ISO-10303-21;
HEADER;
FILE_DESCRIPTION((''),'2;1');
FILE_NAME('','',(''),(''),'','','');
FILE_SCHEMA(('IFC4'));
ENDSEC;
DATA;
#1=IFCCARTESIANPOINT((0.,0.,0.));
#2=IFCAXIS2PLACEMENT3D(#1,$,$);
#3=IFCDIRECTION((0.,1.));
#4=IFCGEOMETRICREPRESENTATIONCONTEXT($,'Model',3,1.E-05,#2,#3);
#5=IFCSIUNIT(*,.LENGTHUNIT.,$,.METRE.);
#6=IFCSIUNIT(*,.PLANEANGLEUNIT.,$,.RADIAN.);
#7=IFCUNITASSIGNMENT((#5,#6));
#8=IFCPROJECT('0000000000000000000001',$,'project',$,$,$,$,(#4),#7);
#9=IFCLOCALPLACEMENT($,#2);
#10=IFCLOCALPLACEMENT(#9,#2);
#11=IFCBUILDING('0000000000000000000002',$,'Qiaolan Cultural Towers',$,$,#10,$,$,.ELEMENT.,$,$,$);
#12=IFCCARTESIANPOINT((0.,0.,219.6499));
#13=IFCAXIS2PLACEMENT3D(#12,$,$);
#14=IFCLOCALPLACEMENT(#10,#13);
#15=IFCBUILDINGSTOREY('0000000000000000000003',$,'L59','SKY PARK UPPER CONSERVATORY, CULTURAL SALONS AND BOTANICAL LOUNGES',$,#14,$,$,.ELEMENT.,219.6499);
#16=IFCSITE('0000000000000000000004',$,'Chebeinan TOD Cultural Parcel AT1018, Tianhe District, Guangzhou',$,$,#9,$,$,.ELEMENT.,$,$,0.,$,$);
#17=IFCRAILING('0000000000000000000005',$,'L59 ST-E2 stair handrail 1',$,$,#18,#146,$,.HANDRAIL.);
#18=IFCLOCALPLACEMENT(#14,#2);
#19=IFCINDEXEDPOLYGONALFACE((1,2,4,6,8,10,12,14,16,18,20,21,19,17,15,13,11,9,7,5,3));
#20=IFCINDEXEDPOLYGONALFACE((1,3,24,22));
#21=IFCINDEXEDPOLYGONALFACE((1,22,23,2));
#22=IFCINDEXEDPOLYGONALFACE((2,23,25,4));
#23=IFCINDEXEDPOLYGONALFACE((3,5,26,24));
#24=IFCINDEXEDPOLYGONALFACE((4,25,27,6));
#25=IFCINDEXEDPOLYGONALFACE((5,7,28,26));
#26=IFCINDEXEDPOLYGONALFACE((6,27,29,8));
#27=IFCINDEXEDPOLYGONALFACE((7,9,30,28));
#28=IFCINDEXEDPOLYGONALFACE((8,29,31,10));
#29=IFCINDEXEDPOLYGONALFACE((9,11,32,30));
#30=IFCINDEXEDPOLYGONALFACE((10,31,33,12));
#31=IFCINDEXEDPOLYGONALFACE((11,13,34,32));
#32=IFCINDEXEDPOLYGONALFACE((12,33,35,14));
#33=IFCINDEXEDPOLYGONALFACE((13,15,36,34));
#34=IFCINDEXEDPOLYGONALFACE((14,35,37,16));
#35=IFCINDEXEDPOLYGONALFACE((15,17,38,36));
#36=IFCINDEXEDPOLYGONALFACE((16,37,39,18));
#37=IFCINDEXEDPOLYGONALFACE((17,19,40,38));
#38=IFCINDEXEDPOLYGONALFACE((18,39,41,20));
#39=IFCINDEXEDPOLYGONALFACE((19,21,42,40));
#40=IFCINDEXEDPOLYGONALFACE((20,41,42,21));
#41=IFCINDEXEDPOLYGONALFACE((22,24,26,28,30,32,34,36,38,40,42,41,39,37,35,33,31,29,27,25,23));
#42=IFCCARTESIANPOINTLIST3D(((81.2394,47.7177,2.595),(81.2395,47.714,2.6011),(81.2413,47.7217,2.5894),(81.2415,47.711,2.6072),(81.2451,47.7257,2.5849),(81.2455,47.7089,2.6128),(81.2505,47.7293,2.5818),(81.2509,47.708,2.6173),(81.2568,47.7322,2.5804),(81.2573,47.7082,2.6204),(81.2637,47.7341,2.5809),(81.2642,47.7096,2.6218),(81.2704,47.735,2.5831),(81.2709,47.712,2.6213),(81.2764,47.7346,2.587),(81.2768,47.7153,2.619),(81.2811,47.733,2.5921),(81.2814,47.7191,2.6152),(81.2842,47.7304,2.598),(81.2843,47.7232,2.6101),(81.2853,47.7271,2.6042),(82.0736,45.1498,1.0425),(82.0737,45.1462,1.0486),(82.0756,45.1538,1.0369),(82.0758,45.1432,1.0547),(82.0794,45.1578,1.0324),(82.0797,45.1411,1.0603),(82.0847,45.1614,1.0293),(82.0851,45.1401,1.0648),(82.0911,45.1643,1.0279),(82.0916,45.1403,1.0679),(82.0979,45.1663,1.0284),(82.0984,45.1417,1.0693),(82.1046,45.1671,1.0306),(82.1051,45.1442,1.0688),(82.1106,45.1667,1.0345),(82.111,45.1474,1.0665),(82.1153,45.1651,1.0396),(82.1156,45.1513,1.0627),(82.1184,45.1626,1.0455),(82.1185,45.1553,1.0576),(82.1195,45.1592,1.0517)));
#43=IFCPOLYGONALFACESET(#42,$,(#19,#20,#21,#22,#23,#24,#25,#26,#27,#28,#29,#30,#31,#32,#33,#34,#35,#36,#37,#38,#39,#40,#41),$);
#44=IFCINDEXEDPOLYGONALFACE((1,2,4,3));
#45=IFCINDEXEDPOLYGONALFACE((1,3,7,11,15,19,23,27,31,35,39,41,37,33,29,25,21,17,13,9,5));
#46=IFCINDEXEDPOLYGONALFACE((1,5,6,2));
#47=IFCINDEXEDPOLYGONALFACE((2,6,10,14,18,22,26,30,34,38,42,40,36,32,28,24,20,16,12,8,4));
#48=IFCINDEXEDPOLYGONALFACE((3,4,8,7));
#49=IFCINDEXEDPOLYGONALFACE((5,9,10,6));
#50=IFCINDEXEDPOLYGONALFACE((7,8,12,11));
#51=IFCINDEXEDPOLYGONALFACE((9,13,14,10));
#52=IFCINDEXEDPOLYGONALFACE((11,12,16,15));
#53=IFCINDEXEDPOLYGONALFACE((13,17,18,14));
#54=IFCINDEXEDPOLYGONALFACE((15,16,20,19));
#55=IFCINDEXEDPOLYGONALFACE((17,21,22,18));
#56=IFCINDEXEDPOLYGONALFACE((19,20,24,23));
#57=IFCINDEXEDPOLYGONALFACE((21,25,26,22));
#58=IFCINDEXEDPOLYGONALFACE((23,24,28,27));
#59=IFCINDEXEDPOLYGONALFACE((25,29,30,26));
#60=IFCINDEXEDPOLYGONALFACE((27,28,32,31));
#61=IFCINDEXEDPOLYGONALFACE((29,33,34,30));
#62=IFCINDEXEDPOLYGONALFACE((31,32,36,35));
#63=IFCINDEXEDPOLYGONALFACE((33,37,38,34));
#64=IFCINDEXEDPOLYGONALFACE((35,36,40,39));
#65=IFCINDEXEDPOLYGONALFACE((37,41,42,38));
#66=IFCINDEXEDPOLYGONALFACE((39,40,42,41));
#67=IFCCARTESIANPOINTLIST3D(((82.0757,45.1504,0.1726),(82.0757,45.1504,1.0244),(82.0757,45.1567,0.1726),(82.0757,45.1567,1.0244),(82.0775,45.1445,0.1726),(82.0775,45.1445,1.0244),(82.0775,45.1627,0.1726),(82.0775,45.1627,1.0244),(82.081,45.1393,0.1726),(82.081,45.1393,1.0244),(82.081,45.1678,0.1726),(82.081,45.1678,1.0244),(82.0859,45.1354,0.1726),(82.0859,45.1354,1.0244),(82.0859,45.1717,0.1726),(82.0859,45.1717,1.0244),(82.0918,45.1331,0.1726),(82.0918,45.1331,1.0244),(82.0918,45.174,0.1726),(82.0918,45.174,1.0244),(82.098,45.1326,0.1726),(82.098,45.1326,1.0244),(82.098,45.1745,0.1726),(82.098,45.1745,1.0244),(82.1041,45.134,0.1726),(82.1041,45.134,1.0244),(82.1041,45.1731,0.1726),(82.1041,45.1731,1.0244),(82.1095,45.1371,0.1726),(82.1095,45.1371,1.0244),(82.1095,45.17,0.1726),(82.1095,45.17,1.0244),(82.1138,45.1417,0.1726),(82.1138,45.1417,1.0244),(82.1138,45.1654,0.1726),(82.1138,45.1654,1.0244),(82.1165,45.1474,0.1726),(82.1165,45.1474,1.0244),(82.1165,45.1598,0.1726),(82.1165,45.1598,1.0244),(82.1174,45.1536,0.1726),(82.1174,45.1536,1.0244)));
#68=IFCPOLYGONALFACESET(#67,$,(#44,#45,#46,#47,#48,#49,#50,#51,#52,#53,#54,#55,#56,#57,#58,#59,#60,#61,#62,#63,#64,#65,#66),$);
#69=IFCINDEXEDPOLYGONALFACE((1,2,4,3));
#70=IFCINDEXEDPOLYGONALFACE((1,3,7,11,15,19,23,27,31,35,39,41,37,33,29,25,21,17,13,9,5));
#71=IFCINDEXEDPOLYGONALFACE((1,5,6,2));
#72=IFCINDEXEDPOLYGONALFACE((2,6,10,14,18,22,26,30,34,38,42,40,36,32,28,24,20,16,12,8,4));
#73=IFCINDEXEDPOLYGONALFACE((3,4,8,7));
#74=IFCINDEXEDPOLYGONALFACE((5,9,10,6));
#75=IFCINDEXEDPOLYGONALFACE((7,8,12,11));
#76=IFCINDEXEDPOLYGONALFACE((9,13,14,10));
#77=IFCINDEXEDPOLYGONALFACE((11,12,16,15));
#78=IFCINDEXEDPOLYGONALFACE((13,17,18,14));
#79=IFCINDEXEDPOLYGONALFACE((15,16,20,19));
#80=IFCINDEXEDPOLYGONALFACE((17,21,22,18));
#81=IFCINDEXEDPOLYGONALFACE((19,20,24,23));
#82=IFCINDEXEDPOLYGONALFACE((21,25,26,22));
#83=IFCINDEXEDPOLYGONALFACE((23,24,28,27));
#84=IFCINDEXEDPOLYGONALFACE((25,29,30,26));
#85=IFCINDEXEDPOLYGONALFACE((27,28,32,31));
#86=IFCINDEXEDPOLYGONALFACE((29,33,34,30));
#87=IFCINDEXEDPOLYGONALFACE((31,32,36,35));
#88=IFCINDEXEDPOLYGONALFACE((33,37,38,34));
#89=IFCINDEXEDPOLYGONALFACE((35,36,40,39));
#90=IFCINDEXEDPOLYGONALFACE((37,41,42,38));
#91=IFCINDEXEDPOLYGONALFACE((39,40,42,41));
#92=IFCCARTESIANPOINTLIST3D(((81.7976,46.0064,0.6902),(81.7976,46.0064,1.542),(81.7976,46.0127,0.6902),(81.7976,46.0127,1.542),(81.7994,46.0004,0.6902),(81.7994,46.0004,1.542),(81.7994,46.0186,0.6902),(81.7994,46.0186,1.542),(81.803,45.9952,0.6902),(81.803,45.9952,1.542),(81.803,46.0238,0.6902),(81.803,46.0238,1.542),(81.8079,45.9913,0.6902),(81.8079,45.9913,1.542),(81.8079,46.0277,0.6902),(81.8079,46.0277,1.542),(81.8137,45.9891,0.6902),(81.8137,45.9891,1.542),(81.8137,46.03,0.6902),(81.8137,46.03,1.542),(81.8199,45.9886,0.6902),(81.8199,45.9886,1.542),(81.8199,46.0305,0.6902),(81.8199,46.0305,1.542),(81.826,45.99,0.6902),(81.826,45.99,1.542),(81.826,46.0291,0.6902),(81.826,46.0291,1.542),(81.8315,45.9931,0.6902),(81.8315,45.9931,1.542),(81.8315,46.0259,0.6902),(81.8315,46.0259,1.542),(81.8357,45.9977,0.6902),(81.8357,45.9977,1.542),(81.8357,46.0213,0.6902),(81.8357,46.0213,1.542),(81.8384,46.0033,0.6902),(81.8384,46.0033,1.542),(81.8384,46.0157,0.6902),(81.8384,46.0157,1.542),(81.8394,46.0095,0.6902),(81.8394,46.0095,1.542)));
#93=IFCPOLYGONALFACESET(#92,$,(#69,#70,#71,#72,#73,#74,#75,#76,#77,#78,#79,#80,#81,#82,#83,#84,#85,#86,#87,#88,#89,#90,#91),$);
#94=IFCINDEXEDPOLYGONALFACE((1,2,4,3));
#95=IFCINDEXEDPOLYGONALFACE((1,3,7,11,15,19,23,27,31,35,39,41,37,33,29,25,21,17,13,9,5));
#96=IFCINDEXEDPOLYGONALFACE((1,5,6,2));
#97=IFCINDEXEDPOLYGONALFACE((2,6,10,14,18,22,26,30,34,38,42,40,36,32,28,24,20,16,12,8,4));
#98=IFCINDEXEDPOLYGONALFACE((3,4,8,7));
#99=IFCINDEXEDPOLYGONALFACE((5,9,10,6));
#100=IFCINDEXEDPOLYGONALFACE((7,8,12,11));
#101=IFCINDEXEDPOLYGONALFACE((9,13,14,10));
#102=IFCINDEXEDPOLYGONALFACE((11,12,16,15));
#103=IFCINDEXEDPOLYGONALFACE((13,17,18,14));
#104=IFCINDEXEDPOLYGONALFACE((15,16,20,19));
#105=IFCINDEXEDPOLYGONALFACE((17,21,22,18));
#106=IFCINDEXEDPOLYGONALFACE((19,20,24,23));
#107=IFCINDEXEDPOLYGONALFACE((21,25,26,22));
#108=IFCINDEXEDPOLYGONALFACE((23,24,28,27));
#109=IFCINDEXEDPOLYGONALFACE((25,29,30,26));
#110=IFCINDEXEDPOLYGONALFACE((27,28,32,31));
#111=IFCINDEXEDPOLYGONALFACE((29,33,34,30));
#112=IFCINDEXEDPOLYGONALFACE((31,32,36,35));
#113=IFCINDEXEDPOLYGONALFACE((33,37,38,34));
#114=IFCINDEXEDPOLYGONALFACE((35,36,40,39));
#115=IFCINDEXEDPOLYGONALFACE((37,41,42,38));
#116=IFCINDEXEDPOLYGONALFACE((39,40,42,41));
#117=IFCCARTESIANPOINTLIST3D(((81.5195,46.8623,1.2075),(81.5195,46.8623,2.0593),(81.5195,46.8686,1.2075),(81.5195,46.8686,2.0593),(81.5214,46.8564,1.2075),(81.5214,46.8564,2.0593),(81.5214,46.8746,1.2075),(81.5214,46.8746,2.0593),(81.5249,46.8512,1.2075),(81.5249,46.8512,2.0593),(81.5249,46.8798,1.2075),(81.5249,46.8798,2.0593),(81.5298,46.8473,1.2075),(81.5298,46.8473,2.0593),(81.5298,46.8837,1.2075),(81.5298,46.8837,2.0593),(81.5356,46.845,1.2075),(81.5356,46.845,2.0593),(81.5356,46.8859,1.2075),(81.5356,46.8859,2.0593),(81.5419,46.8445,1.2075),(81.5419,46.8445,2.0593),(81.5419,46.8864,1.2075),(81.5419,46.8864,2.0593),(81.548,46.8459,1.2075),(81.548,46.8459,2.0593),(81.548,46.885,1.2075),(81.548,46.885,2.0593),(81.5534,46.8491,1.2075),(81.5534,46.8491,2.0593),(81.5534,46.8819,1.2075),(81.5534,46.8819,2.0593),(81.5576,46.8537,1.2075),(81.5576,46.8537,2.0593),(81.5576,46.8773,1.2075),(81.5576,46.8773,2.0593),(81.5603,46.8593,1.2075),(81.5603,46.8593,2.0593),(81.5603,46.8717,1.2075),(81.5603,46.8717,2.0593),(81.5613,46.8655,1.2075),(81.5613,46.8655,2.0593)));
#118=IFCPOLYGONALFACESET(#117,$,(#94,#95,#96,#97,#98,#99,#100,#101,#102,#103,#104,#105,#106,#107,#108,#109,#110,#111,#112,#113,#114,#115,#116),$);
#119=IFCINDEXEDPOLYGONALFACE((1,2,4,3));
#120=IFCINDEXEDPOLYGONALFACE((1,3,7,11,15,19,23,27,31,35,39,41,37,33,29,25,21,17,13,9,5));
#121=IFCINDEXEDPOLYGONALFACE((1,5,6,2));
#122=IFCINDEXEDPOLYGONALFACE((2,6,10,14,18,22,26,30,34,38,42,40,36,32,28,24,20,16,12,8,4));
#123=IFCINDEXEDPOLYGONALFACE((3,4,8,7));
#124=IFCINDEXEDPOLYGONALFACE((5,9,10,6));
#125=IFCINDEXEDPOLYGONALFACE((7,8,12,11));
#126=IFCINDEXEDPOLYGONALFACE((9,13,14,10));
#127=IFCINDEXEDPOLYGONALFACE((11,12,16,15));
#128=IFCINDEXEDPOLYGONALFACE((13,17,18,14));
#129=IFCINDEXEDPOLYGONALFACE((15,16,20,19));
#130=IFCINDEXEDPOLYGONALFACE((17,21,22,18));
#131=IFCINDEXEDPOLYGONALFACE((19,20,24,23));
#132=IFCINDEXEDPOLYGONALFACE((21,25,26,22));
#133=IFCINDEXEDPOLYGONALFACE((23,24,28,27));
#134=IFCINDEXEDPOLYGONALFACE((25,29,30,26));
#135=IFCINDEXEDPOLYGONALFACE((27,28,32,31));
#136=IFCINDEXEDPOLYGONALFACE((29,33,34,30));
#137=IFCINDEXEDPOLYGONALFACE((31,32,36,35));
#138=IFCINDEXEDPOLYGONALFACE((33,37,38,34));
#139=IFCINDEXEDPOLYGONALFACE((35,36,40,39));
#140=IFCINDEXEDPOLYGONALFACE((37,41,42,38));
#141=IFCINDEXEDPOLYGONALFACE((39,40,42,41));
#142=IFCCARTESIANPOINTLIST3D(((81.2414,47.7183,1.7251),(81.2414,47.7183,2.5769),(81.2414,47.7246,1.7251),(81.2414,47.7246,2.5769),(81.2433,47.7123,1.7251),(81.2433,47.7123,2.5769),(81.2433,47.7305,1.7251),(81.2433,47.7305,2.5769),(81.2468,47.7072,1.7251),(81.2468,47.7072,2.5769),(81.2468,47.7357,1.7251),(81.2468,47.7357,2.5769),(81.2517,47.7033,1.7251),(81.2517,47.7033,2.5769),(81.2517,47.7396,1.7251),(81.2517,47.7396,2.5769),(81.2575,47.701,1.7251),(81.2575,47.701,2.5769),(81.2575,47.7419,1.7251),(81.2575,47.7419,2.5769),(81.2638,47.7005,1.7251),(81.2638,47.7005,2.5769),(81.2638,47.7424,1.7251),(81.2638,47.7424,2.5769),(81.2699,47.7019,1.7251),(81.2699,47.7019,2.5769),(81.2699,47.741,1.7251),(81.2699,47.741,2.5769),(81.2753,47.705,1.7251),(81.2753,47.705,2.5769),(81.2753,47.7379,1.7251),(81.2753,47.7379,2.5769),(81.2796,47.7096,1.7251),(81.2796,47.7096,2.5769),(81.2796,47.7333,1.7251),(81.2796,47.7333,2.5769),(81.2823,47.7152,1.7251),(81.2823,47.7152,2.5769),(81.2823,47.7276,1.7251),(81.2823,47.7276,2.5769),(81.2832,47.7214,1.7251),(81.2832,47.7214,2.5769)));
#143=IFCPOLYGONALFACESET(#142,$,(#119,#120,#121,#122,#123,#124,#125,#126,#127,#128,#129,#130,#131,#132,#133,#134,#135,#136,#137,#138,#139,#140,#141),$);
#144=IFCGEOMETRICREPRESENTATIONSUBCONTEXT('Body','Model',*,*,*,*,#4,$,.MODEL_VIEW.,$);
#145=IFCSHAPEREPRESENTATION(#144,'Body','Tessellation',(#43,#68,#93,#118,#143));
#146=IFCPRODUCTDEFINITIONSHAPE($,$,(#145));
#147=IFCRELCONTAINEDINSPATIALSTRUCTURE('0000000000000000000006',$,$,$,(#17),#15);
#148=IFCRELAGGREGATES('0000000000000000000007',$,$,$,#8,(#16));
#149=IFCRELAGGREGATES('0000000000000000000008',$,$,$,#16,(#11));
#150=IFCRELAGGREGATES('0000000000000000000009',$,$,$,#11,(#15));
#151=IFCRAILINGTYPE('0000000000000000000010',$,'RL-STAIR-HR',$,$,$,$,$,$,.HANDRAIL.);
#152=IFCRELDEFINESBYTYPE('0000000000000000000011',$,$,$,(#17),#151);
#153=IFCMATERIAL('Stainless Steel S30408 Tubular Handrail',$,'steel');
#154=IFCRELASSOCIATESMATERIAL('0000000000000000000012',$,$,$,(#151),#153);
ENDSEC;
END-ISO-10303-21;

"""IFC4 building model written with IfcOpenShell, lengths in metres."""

from ifc_helpers import new_model, si_unit, direction, frame, origin, origin_2d, place, context, subcontext, project, spatial, circle, extrude, material, type_object, element, save


model = new_model("IFC4")

# Units and contexts
model_context = context("Model", 3, precision=1e-05, world=origin(), true_north=direction((0.0, 1.0)))
body_context = subcontext(model_context, "Body", "Model", "MODEL_VIEW")
ifc_project = project(units=[si_unit("LENGTHUNIT", "METRE"), si_unit("PLANEANGLEUNIT", "RADIAN")], contexts=[model_context])

# Site, building, storey
site_placement = place(None, origin())
site = spatial("IfcSite", under=ifc_project, at=site_placement, Name="Chebeinan TOD Cultural Parcel AT1018, Tianhe District, Guangzhou", CompositionType="ELEMENT", RefElevation=0.0)
building_placement = place(site_placement, origin())
building = spatial("IfcBuilding", under=site, at=building_placement, Name="Qiaolan Cultural Towers", CompositionType="ELEMENT")
storey_placement = place(building_placement, frame((0.0, 0.0, 219.6499)))
storey = spatial("IfcBuildingStorey", under=building, at=storey_placement, Name="L59", Description="SKY PARK UPPER CONSERVATORY, CULTURAL SALONS AND BOTANICAL LOUNGES", CompositionType="ELEMENT", Elevation=219.6499)

# Railing
ifc_material_1 = material(Name="Stainless Steel S30408 Tubular Handrail", Category="steel")
railing_type = type_object("IfcRailingType", Name="RL-STAIR-HR", PredefinedType="HANDRAIL", material=ifc_material_1)
railing_placement = place(storey_placement, frame((82.0964, 45.1536, 0.1726)))
element("IfcRailing", 1, at=railing_placement, inside=storey, type_object=railing_type, Name="L59 ST-E2 stair handrail 1", PredefinedType="HANDRAIL", context=body_context, shape_type="SweptSolid", body=[
    extrude(circle(Radius=0.0239, at=origin_2d()), frame((0.0, 0.0, 0.876), z_axis=(-0.267853, 0.824488, 0.498471), x_axis=(-0.95107, -0.308976, 0.0)), (0.0, 0.0, 1.0), 3.1145),
    extrude(circle(Radius=0.021, at=origin_2d()), origin(), (0.0, 0.0, 1.0), 0.8518),
    extrude(circle(Radius=0.021, at=origin_2d()), frame((-0.2781, 0.856, 0.5176)), (0.0, 0.0, 1.0), 0.8518),
    extrude(circle(Radius=0.021, at=origin_2d()), frame((-0.5562, 1.7119, 1.0349)), (0.0, 0.0, 1.0), 0.8518),
    extrude(circle(Radius=0.021, at=origin_2d()), frame((-0.8342, 2.5679, 1.5525)), (0.0, 0.0, 1.0), 0.8518),
])

save(model, "model.ifc")
